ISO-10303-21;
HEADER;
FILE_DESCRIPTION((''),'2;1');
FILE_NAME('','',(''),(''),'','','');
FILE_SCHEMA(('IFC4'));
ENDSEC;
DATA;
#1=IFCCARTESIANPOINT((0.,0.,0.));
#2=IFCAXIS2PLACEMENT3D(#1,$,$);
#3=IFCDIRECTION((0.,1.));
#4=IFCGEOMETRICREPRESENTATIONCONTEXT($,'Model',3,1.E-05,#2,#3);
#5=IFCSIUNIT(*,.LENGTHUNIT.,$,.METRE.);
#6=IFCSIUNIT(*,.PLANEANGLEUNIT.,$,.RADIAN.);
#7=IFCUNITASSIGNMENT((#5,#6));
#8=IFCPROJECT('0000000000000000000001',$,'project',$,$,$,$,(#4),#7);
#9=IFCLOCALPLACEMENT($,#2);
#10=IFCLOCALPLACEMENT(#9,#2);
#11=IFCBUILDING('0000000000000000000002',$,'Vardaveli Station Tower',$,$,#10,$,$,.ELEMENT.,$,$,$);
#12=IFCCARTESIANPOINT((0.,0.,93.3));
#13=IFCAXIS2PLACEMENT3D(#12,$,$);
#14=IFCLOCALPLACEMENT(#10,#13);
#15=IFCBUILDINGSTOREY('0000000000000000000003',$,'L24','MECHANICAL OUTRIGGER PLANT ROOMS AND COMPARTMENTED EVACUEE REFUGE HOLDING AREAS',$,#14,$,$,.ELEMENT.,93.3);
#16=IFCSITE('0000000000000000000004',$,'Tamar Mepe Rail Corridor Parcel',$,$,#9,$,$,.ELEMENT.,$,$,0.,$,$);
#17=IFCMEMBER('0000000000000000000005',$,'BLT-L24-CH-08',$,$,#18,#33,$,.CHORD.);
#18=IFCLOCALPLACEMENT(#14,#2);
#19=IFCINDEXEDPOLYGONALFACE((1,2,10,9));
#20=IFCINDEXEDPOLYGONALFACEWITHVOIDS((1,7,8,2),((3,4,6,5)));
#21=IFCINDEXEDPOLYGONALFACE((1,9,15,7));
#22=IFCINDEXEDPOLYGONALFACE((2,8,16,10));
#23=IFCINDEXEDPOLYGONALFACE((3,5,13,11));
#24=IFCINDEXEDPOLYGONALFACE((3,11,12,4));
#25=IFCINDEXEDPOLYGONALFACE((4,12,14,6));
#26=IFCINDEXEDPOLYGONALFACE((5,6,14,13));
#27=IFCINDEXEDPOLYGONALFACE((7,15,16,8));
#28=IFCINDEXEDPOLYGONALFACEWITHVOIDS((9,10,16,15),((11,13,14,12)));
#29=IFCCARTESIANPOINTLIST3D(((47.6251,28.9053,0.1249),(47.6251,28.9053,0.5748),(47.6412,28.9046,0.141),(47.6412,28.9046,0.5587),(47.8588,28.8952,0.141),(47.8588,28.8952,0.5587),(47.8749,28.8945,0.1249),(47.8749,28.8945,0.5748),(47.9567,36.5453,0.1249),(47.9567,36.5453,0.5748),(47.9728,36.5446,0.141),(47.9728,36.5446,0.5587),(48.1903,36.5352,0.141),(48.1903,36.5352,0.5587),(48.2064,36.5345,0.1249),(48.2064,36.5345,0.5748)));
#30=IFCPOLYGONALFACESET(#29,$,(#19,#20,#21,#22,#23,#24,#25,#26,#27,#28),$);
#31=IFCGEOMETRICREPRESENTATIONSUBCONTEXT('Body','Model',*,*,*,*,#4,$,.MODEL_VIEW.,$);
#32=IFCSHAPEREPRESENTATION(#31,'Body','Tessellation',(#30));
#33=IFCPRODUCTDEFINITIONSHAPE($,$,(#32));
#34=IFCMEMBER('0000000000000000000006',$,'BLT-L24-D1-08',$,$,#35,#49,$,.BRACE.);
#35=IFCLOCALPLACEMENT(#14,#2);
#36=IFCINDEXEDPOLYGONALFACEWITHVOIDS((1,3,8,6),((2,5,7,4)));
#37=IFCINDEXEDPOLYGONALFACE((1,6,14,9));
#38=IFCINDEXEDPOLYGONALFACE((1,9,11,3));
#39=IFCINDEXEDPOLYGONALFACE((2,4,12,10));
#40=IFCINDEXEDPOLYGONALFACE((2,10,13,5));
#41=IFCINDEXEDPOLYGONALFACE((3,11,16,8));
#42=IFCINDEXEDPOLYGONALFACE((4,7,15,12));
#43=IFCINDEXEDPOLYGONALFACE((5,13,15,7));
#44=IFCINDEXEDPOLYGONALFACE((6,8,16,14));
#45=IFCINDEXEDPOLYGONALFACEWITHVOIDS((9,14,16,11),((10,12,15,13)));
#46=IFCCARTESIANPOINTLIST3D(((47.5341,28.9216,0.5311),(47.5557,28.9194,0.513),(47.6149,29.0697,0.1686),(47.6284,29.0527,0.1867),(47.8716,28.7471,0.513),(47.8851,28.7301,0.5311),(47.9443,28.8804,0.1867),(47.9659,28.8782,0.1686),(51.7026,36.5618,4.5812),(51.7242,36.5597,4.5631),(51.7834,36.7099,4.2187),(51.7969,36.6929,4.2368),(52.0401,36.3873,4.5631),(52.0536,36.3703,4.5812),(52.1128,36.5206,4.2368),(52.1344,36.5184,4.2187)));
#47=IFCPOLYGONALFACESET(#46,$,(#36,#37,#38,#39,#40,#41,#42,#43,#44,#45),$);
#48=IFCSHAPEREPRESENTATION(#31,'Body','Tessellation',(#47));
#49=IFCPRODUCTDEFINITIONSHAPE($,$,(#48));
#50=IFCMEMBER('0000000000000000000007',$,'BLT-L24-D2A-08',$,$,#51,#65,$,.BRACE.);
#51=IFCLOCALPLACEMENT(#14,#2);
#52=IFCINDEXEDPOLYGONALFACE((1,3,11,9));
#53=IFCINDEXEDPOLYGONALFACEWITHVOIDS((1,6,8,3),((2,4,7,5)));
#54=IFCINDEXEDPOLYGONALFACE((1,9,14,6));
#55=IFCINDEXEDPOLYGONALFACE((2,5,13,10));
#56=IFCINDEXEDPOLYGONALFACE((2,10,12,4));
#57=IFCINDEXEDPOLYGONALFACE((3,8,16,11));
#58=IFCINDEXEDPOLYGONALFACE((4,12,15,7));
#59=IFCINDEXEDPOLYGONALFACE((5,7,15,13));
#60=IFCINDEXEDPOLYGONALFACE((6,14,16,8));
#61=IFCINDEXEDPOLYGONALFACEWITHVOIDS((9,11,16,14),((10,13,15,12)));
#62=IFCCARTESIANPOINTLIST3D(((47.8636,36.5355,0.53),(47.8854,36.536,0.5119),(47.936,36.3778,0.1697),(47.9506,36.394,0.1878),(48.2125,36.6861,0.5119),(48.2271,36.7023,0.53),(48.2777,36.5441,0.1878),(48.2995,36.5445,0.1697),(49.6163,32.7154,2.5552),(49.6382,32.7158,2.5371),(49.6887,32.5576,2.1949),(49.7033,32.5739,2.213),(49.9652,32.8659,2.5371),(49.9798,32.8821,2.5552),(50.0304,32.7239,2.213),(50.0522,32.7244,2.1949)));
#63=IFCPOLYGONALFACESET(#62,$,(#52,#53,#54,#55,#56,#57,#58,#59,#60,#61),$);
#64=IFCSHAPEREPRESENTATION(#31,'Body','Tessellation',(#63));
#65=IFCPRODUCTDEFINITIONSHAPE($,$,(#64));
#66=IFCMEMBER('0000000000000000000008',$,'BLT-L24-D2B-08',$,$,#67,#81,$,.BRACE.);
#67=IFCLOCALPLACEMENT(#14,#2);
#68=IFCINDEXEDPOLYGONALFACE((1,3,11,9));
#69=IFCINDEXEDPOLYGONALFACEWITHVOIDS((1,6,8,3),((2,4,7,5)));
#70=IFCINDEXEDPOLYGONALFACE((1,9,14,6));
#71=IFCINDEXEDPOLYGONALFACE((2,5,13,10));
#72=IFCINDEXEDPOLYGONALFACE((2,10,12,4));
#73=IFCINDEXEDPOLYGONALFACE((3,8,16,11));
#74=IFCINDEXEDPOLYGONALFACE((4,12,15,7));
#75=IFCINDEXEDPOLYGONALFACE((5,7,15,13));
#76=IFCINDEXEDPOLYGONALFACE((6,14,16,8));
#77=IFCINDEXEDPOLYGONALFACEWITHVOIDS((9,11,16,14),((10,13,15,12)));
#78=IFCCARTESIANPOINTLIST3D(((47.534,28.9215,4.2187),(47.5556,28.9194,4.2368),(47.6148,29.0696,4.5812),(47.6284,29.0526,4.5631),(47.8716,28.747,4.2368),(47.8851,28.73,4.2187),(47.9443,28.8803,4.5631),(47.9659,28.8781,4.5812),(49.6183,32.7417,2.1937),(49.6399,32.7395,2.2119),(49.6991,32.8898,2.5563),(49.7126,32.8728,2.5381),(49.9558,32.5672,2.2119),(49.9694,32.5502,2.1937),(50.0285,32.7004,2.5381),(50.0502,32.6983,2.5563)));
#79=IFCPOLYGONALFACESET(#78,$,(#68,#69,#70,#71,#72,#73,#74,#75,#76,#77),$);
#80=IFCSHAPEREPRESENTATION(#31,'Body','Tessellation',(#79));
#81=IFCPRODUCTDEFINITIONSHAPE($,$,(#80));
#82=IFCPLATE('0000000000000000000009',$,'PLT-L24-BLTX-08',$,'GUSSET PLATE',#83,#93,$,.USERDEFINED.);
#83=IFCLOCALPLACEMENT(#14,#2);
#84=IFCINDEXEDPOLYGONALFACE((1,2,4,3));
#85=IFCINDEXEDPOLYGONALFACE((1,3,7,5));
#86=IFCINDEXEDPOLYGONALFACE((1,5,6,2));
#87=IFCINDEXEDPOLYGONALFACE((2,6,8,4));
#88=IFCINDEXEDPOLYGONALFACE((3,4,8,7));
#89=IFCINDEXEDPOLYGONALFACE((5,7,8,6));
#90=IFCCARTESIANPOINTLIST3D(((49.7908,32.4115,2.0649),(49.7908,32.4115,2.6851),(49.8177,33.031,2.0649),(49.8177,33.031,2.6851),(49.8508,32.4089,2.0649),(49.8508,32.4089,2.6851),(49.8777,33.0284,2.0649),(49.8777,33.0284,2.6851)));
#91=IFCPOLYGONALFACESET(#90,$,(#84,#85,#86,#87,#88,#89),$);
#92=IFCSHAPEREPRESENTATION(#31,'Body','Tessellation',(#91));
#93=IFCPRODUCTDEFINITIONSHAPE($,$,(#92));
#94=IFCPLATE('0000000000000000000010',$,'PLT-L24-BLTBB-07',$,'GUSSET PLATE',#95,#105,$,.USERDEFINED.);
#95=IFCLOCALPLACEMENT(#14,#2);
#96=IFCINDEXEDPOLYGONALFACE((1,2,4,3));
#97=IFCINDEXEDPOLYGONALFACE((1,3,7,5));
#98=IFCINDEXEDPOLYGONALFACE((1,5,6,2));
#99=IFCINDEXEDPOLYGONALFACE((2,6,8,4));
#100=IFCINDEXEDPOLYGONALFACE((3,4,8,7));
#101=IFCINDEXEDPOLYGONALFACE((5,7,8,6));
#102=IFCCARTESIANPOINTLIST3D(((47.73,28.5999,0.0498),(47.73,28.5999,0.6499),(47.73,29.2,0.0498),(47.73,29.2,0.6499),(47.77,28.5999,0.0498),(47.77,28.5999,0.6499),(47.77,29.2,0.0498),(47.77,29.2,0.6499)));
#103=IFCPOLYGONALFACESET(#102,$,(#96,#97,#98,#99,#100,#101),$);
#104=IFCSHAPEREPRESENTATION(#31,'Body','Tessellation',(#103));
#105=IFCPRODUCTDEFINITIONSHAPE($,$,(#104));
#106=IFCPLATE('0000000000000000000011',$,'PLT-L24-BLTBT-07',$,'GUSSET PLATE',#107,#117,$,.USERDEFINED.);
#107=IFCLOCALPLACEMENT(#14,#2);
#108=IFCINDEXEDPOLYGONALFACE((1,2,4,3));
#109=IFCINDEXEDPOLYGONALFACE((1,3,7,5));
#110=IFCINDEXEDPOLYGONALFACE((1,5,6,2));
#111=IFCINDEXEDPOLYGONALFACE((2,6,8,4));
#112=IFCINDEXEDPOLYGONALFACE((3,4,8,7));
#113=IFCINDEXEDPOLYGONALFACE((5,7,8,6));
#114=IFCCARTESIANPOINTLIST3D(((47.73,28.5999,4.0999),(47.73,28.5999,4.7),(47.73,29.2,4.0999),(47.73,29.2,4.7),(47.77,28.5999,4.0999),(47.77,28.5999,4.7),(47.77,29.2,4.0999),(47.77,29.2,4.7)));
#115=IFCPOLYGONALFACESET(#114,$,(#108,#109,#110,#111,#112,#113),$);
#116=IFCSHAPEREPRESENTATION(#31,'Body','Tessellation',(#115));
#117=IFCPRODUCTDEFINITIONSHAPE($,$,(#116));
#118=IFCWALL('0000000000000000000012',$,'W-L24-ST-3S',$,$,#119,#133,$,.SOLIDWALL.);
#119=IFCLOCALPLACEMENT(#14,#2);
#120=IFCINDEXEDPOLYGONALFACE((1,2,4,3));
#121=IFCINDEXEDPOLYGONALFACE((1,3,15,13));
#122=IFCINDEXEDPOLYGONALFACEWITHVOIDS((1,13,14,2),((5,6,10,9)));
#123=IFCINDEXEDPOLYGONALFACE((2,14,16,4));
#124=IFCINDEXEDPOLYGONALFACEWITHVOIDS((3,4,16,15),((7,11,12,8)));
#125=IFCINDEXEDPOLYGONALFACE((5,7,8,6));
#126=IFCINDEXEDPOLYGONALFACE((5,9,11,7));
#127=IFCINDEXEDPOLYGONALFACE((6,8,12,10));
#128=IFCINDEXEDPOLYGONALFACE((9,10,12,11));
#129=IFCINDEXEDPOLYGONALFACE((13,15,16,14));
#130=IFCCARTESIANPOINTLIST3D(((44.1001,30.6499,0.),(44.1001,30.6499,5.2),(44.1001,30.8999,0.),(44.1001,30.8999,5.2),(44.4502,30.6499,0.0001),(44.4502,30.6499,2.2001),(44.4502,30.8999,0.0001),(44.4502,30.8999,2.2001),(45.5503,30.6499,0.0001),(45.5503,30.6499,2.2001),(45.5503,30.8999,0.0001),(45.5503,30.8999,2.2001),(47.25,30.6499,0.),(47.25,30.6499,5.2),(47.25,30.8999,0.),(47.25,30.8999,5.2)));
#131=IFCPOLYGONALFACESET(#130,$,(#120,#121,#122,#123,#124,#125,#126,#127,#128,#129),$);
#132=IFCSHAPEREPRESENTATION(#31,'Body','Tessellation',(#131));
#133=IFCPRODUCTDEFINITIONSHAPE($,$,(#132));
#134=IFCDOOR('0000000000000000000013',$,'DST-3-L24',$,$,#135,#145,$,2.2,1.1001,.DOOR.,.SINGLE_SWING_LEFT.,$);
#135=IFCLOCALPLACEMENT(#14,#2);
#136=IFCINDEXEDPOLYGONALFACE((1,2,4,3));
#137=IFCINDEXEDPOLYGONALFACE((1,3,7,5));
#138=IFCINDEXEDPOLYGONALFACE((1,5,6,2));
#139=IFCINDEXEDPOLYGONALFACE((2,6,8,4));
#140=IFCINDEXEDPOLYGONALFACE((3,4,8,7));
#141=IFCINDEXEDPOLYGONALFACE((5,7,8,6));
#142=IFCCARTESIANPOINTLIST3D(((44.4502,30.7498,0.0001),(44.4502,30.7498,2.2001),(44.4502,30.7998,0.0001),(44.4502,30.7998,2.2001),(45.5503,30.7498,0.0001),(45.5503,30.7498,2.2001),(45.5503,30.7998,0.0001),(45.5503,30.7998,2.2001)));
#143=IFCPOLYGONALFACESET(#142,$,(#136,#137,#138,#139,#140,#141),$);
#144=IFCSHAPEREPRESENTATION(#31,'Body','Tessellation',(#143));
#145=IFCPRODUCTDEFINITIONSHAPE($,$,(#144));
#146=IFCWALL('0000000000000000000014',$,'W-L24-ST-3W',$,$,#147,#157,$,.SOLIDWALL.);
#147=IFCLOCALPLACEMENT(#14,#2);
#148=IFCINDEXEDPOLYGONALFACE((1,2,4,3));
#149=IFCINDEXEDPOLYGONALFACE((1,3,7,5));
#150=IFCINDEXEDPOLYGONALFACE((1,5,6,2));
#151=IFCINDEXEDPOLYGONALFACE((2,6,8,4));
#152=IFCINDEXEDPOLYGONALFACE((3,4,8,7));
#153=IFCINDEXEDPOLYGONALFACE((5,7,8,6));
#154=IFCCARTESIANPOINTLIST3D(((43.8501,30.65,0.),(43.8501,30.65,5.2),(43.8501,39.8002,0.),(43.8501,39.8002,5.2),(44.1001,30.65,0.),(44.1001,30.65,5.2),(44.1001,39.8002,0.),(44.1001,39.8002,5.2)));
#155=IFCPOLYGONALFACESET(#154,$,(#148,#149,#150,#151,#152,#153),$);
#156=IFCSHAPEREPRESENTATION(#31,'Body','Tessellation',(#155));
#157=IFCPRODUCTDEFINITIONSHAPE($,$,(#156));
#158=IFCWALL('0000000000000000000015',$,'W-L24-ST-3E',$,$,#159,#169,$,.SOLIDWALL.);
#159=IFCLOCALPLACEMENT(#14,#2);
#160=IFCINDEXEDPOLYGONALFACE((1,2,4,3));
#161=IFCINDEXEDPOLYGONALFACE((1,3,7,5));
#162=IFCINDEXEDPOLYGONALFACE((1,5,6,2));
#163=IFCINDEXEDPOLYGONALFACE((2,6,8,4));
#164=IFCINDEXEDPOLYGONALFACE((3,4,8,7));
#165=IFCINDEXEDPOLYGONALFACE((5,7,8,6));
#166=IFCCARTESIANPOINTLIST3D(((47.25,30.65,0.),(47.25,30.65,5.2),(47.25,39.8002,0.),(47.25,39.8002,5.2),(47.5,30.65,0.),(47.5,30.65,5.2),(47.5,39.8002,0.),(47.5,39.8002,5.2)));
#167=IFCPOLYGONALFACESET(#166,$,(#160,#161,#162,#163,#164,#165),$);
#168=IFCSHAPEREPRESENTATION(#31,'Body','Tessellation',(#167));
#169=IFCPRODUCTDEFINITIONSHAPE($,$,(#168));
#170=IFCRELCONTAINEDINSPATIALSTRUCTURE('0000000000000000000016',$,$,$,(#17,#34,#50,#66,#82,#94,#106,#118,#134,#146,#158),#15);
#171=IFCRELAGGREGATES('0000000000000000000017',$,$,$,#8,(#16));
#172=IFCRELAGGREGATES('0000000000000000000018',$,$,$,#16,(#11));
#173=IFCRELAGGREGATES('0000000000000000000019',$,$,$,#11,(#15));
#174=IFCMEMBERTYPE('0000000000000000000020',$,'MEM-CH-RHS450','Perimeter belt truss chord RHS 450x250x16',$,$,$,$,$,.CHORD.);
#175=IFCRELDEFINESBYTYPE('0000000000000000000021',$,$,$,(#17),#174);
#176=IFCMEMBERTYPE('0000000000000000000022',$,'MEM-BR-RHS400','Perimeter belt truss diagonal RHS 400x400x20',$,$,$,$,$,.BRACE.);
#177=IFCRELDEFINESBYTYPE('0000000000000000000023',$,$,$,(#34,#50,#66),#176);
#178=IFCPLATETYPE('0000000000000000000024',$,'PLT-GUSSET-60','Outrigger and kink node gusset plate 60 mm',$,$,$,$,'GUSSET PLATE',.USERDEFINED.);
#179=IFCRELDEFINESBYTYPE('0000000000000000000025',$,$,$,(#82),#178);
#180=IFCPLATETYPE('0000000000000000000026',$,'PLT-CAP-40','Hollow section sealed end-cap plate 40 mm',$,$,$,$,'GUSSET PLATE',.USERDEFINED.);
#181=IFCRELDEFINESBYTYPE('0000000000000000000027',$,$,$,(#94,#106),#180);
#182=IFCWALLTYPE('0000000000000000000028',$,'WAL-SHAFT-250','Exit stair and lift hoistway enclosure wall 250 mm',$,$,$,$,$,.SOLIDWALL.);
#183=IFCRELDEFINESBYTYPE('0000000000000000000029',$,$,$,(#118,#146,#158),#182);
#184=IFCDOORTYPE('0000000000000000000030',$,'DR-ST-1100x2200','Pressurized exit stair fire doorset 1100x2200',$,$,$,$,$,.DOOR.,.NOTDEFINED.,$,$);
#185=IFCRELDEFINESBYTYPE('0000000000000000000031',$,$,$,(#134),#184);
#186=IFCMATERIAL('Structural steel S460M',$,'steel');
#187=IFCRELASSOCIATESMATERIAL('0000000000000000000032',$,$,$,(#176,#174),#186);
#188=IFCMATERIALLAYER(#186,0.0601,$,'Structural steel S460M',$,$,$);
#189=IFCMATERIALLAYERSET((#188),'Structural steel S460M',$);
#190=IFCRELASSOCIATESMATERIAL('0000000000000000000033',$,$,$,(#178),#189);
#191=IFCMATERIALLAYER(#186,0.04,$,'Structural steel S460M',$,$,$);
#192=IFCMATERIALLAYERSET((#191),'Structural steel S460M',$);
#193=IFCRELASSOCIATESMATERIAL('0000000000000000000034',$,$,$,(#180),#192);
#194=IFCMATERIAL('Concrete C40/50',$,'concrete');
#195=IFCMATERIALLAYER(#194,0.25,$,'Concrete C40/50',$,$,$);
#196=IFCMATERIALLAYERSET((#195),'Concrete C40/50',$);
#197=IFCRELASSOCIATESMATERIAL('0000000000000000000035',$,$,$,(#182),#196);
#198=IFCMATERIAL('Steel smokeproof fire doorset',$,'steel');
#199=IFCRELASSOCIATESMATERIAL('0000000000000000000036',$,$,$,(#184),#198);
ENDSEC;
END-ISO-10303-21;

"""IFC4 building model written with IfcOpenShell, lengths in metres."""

from ifc_helpers import new_model, si_unit, direction, frame, frame_2d, origin, origin_2d, place, context, subcontext, project, spatial, rectangle, hollow_rectangle, extrude, source, transform, mapped, material, layer, layer_set, material_profile, profile_set, type_object, element, fill, save


model = new_model("IFC4")

# Units and contexts
model_context = context("Model", 3, precision=1e-05, world=origin(), true_north=direction((0.0, 1.0)))
body_context = subcontext(model_context, "Body", "Model", "MODEL_VIEW")
ifc_project = project(units=[si_unit("LENGTHUNIT", "METRE"), si_unit("PLANEANGLEUNIT", "RADIAN")], contexts=[model_context])

# Site, building, storey
site_placement = place(None, origin())
site = spatial("IfcSite", under=ifc_project, at=site_placement, Name="Tamar Mepe Rail Corridor Parcel", CompositionType="ELEMENT", RefElevation=0.0)
building_placement = place(site_placement, origin())
building = spatial("IfcBuilding", under=site, at=building_placement, Name="Vardaveli Station Tower", CompositionType="ELEMENT")
storey_placement = place(building_placement, frame((0.0, 0.0, 93.3)))
storey = spatial("IfcBuildingStorey", under=building, at=storey_placement, Name="L24", Description="MECHANICAL OUTRIGGER PLANT ROOMS AND COMPARTMENTED EVACUEE REFUGE HOLDING AREAS", CompositionType="ELEMENT", Elevation=93.3)

# Shared definitions
ifc_material_1 = material(Name="Structural steel S460M", Category="steel")

# Members
ifc_material_profile_1 = material_profile(ifc_material_1, hollow_rectangle(XDim=0.3999, YDim=0.3999, WallThickness=0.02, at=origin_2d()), Name="RHS 400x400x20")
ifc_profile_set_1 = profile_set([ifc_material_profile_1], Name="Structural steel S460M")
member_type_1 = type_object("IfcMemberType", Name="MEM-BR-RHS400", Description="Perimeter belt truss diagonal RHS 400x400x20", PredefinedType="BRACE", material=ifc_profile_set_1)
ifc_material_profile_2 = material_profile(ifc_material_1, hollow_rectangle(XDim=0.25, YDim=0.45, WallThickness=0.0161, at=origin_2d()), Name="RHS 450x250x16")
ifc_profile_set_2 = profile_set([ifc_material_profile_2], Name="Structural steel S460M")
member_type_2 = type_object("IfcMemberType", Name="MEM-CH-RHS450", Description="Perimeter belt truss chord RHS 450x250x16", PredefinedType="CHORD", material=ifc_profile_set_2)
shared_shape_1 = source(origin(), body_context, "Body", "SweptSolid", [
    extrude(hollow_rectangle(XDim=0.25, YDim=0.45, WallThickness=0.0161, at=origin_2d()), origin(), (0.0, 0.0, 1.0), 7.6472),
])
member_1_placement = place(storey_placement, frame((47.75, 28.8999, 0.3499), z_axis=(0.043354, 0.99906, 0.0), x_axis=(-0.99906, 0.043354, 0.0)))
element("IfcMember", 1, at=member_1_placement, inside=storey, type_object=member_type_2, Name="BLT-L24-CH-08", PredefinedType="CHORD", context=body_context, shape_type="MappedRepresentation", body=[
    mapped(shared_shape_1, transform((0.0, 0.0, 0.0), scale=1.0)),
])
shared_shape_2 = source(origin(), body_context, "Body", "SweptSolid", [
    extrude(hollow_rectangle(XDim=0.3999, YDim=0.3999, WallThickness=0.02, at=origin_2d()), origin(), (0.0, 0.0, 1.0), 9.5996),
])
member_2_placement = place(storey_placement, frame((47.75, 28.8999, 0.3499), z_axis=(0.434236, 0.795888, 0.421902), x_axis=(-0.877842, 0.47895, 0.0)))
element("IfcMember", 2, at=member_2_placement, inside=storey, type_object=member_type_1, Name="BLT-L24-D1-08", PredefinedType="BRACE", context=body_context, shape_type="MappedRepresentation", body=[
    mapped(shared_shape_2, transform((0.0, 0.0, 0.0), scale=1.0)),
])
shared_shape_3 = source(origin(), body_context, "Body", "SweptSolid", [
    extrude(hollow_rectangle(XDim=0.3999, YDim=0.3999, WallThickness=0.02, at=origin_2d()), origin(), (0.0, 0.0, 1.0), 4.6655),
])
member_3_placement = place(storey_placement, frame((48.0815, 36.54, 0.3499), z_axis=(0.375677, -0.818807, 0.434077), x_axis=(0.908901, 0.417013, 0.0)))
element("IfcMember", 3, at=member_3_placement, inside=storey, type_object=member_type_1, Name="BLT-L24-D2A-08", PredefinedType="BRACE", context=body_context, shape_type="MappedRepresentation", body=[
    mapped(shared_shape_3, transform((0.0, 0.0, 0.0), scale=1.0)),
])
shared_shape_4 = source(origin(), body_context, "Body", "SweptSolid", [
    extrude(hollow_rectangle(XDim=0.3999, YDim=0.3999, WallThickness=0.02, at=origin_2d()), origin(), (0.0, 0.0, 1.0), 4.7998),
])
member_4_placement = place(storey_placement, frame((49.8342, 32.72, 2.375), z_axis=(-0.434241, -0.795897, 0.421881), x_axis=(0.877842, -0.47895, 0.0)))
element("IfcMember", 4, at=member_4_placement, inside=storey, type_object=member_type_1, Name="BLT-L24-D2B-08", PredefinedType="BRACE", context=body_context, shape_type="MappedRepresentation", body=[
    mapped(shared_shape_4, transform((0.0, 0.0, 0.0), scale=1.0)),
])

# Plates
ifc_layer_1 = layer(ifc_material_1, 0.0601, Name="Structural steel S460M")
ifc_layer_set_1 = layer_set([ifc_layer_1], Name="Structural steel S460M")
plate_type_1 = type_object("IfcPlateType", Name="PLT-GUSSET-60", Description="Outrigger and kink node gusset plate 60 mm", ElementType="GUSSET PLATE", PredefinedType="USERDEFINED", material=ifc_layer_set_1)
shared_shape_5 = source(origin(), body_context, "Body", "SweptSolid", [
    extrude(rectangle(XDim=0.6201, YDim=0.0601, at=origin_2d()), origin(), (0.0, 0.0, 1.0), 0.6201),
])
plate_placement = place(storey_placement, frame((49.8342, 32.72, 2.0649), z_axis=(0.0, 0.0, 1.0), x_axis=(0.043445, 0.999056, 0.0)))
element("IfcPlate", 5, at=plate_placement, inside=storey, type_object=plate_type_1, Name="PLT-L24-BLTX-08", ObjectType="GUSSET PLATE", PredefinedType="USERDEFINED", context=body_context, shape_type="MappedRepresentation", body=[
    mapped(shared_shape_5, transform((0.0, 0.0, 0.0), scale=1.0)),
])
ifc_layer_2 = layer(ifc_material_1, 0.04, Name="Structural steel S460M")
ifc_layer_set_2 = layer_set([ifc_layer_2], Name="Structural steel S460M")
plate_type_2 = type_object("IfcPlateType", Name="PLT-CAP-40", Description="Hollow section sealed end-cap plate 40 mm", ElementType="GUSSET PLATE", PredefinedType="USERDEFINED", material=ifc_layer_set_2)
shared_shape_6 = source(origin(), body_context, "Body", "SweptSolid", [
    extrude(rectangle(XDim=0.6001, YDim=0.04, at=origin_2d()), origin(), (0.0, 0.0, 1.0), 0.6001),
])
for number, where, z_axis, x_axis, name in (
    (6, (47.75, 28.8999, 0.0498), (0.0, 0.0, 1.0), (0.0, 1.0, 0.0), "PLT-L24-BLTBB-07"),
    (7, (47.75, 28.8999, 4.0999), (0.0, 0.0, 1.0), (0.0, 1.0, 0.0), "PLT-L24-BLTBT-07"),
):
    element("IfcPlate", number, at=place(storey_placement, frame(where, z_axis=z_axis, x_axis=x_axis)), inside=storey, type_object=plate_type_2, Name=name, ObjectType="GUSSET PLATE", PredefinedType="USERDEFINED", context=body_context, shape_type="MappedRepresentation", body=[
        mapped(shared_shape_6, transform((0.0, 0.0, 0.0), scale=1.0)),
    ])

# Wall, opening, door
ifc_material_2 = material(Name="Concrete C40/50", Category="concrete")
ifc_layer_3 = layer(ifc_material_2, 0.25, Name="Concrete C40/50")
ifc_layer_set_3 = layer_set([ifc_layer_3], Name="Concrete C40/50")
wall_type = type_object("IfcWallType", Name="WAL-SHAFT-250", Description="Exit stair and lift hoistway enclosure wall 250 mm", PredefinedType="SOLIDWALL", material=ifc_layer_set_3)
shared_shape_7 = source(origin(), body_context, "Body", "SweptSolid", [
    extrude(rectangle(XDim=3.1499, YDim=0.25, at=frame_2d((1.575, 0.0))), origin(), (0.0, 0.0, 1.0), 5.2),
])
wall_placement = place(storey_placement, frame((44.1001, 30.7749, 0.0), z_axis=(0.0, 0.0, 1.0), x_axis=(1.0, 0.0, 0.0)))
wall = element("IfcWall", 8, at=wall_placement, inside=storey, type_object=wall_type, Name="W-L24-ST-3S", PredefinedType="SOLIDWALL", context=body_context, shape_type="MappedRepresentation", body=[
    mapped(shared_shape_7, transform((0.0, 0.0, 0.0), scale=1.0)),
])
shared_shape_8 = source(origin(), body_context, "Body", "SweptSolid", [
    extrude(rectangle(XDim=1.1001, YDim=2.2, at=frame_2d((0.55, 1.1001))), frame((0.0, 0.135, 0.0), z_axis=(0.0, -1.0, 0.0), x_axis=(1.0, 0.0, 0.0)), (0.0, 0.0, 1.0), 0.27),
])
opening_placement = place(wall_placement, frame((0.3501, 0.0, 0.0)))
opening = element("IfcOpeningElement", 9, at=opening_placement, cuts=wall, PredefinedType="OPENING", context=body_context, shape_type="MappedRepresentation", body=[
    mapped(shared_shape_8, transform((0.0, 0.0, 0.0), scale=1.0)),
])
ifc_material_3 = material(Name="Steel smokeproof fire doorset", Category="steel")
door_type = type_object("IfcDoorType", Name="DR-ST-1100x2200", Description="Pressurized exit stair fire doorset 1100x2200", OperationType="NOTDEFINED", PredefinedType="DOOR", material=ifc_material_3)
shared_shape_9 = source(origin(), body_context, "Body", "SweptSolid", [
    extrude(rectangle(XDim=1.1001, YDim=2.2, at=frame_2d((0.55, 1.1001))), frame((0.0, 0.0249, 0.0), z_axis=(0.0, -1.0, 0.0), x_axis=(1.0, 0.0, 0.0)), (0.0, 0.0, 1.0), 0.05),
])
door_placement = place(opening_placement, origin())
door = element("IfcDoor", 10, at=door_placement, inside=storey, type_object=door_type, Name="DST-3-L24", OperationType="SINGLE_SWING_LEFT", OverallHeight=2.2, OverallWidth=1.1001, PredefinedType="DOOR", context=body_context, shape_type="MappedRepresentation", body=[
    mapped(shared_shape_9, transform((0.0, 0.0, 0.0), scale=1.0)),
])
fill(opening, door)

# Walls
shared_shape_10 = source(origin(), body_context, "Body", "SweptSolid", [
    extrude(rectangle(XDim=9.1501, YDim=0.25, at=frame_2d((4.5752, 0.0))), origin(), (0.0, 0.0, 1.0), 5.2),
])
for number, where, z_axis, x_axis, name in (
    (11, (43.9751, 30.6499, 0.0), (0.0, 0.0, 1.0), (0.0, 1.0, 0.0), "W-L24-ST-3W"),
    (12, (47.375, 30.6499, 0.0), (0.0, 0.0, 1.0), (0.0, 1.0, 0.0), "W-L24-ST-3E"),
):
    element("IfcWall", number, at=place(storey_placement, frame(where, z_axis=z_axis, x_axis=x_axis)), inside=storey, type_object=wall_type, Name=name, PredefinedType="SOLIDWALL", context=body_context, shape_type="MappedRepresentation", body=[
        mapped(shared_shape_10, transform((0.0, 0.0, 0.0), scale=1.0)),
    ])

save(model, "model.ifc")
